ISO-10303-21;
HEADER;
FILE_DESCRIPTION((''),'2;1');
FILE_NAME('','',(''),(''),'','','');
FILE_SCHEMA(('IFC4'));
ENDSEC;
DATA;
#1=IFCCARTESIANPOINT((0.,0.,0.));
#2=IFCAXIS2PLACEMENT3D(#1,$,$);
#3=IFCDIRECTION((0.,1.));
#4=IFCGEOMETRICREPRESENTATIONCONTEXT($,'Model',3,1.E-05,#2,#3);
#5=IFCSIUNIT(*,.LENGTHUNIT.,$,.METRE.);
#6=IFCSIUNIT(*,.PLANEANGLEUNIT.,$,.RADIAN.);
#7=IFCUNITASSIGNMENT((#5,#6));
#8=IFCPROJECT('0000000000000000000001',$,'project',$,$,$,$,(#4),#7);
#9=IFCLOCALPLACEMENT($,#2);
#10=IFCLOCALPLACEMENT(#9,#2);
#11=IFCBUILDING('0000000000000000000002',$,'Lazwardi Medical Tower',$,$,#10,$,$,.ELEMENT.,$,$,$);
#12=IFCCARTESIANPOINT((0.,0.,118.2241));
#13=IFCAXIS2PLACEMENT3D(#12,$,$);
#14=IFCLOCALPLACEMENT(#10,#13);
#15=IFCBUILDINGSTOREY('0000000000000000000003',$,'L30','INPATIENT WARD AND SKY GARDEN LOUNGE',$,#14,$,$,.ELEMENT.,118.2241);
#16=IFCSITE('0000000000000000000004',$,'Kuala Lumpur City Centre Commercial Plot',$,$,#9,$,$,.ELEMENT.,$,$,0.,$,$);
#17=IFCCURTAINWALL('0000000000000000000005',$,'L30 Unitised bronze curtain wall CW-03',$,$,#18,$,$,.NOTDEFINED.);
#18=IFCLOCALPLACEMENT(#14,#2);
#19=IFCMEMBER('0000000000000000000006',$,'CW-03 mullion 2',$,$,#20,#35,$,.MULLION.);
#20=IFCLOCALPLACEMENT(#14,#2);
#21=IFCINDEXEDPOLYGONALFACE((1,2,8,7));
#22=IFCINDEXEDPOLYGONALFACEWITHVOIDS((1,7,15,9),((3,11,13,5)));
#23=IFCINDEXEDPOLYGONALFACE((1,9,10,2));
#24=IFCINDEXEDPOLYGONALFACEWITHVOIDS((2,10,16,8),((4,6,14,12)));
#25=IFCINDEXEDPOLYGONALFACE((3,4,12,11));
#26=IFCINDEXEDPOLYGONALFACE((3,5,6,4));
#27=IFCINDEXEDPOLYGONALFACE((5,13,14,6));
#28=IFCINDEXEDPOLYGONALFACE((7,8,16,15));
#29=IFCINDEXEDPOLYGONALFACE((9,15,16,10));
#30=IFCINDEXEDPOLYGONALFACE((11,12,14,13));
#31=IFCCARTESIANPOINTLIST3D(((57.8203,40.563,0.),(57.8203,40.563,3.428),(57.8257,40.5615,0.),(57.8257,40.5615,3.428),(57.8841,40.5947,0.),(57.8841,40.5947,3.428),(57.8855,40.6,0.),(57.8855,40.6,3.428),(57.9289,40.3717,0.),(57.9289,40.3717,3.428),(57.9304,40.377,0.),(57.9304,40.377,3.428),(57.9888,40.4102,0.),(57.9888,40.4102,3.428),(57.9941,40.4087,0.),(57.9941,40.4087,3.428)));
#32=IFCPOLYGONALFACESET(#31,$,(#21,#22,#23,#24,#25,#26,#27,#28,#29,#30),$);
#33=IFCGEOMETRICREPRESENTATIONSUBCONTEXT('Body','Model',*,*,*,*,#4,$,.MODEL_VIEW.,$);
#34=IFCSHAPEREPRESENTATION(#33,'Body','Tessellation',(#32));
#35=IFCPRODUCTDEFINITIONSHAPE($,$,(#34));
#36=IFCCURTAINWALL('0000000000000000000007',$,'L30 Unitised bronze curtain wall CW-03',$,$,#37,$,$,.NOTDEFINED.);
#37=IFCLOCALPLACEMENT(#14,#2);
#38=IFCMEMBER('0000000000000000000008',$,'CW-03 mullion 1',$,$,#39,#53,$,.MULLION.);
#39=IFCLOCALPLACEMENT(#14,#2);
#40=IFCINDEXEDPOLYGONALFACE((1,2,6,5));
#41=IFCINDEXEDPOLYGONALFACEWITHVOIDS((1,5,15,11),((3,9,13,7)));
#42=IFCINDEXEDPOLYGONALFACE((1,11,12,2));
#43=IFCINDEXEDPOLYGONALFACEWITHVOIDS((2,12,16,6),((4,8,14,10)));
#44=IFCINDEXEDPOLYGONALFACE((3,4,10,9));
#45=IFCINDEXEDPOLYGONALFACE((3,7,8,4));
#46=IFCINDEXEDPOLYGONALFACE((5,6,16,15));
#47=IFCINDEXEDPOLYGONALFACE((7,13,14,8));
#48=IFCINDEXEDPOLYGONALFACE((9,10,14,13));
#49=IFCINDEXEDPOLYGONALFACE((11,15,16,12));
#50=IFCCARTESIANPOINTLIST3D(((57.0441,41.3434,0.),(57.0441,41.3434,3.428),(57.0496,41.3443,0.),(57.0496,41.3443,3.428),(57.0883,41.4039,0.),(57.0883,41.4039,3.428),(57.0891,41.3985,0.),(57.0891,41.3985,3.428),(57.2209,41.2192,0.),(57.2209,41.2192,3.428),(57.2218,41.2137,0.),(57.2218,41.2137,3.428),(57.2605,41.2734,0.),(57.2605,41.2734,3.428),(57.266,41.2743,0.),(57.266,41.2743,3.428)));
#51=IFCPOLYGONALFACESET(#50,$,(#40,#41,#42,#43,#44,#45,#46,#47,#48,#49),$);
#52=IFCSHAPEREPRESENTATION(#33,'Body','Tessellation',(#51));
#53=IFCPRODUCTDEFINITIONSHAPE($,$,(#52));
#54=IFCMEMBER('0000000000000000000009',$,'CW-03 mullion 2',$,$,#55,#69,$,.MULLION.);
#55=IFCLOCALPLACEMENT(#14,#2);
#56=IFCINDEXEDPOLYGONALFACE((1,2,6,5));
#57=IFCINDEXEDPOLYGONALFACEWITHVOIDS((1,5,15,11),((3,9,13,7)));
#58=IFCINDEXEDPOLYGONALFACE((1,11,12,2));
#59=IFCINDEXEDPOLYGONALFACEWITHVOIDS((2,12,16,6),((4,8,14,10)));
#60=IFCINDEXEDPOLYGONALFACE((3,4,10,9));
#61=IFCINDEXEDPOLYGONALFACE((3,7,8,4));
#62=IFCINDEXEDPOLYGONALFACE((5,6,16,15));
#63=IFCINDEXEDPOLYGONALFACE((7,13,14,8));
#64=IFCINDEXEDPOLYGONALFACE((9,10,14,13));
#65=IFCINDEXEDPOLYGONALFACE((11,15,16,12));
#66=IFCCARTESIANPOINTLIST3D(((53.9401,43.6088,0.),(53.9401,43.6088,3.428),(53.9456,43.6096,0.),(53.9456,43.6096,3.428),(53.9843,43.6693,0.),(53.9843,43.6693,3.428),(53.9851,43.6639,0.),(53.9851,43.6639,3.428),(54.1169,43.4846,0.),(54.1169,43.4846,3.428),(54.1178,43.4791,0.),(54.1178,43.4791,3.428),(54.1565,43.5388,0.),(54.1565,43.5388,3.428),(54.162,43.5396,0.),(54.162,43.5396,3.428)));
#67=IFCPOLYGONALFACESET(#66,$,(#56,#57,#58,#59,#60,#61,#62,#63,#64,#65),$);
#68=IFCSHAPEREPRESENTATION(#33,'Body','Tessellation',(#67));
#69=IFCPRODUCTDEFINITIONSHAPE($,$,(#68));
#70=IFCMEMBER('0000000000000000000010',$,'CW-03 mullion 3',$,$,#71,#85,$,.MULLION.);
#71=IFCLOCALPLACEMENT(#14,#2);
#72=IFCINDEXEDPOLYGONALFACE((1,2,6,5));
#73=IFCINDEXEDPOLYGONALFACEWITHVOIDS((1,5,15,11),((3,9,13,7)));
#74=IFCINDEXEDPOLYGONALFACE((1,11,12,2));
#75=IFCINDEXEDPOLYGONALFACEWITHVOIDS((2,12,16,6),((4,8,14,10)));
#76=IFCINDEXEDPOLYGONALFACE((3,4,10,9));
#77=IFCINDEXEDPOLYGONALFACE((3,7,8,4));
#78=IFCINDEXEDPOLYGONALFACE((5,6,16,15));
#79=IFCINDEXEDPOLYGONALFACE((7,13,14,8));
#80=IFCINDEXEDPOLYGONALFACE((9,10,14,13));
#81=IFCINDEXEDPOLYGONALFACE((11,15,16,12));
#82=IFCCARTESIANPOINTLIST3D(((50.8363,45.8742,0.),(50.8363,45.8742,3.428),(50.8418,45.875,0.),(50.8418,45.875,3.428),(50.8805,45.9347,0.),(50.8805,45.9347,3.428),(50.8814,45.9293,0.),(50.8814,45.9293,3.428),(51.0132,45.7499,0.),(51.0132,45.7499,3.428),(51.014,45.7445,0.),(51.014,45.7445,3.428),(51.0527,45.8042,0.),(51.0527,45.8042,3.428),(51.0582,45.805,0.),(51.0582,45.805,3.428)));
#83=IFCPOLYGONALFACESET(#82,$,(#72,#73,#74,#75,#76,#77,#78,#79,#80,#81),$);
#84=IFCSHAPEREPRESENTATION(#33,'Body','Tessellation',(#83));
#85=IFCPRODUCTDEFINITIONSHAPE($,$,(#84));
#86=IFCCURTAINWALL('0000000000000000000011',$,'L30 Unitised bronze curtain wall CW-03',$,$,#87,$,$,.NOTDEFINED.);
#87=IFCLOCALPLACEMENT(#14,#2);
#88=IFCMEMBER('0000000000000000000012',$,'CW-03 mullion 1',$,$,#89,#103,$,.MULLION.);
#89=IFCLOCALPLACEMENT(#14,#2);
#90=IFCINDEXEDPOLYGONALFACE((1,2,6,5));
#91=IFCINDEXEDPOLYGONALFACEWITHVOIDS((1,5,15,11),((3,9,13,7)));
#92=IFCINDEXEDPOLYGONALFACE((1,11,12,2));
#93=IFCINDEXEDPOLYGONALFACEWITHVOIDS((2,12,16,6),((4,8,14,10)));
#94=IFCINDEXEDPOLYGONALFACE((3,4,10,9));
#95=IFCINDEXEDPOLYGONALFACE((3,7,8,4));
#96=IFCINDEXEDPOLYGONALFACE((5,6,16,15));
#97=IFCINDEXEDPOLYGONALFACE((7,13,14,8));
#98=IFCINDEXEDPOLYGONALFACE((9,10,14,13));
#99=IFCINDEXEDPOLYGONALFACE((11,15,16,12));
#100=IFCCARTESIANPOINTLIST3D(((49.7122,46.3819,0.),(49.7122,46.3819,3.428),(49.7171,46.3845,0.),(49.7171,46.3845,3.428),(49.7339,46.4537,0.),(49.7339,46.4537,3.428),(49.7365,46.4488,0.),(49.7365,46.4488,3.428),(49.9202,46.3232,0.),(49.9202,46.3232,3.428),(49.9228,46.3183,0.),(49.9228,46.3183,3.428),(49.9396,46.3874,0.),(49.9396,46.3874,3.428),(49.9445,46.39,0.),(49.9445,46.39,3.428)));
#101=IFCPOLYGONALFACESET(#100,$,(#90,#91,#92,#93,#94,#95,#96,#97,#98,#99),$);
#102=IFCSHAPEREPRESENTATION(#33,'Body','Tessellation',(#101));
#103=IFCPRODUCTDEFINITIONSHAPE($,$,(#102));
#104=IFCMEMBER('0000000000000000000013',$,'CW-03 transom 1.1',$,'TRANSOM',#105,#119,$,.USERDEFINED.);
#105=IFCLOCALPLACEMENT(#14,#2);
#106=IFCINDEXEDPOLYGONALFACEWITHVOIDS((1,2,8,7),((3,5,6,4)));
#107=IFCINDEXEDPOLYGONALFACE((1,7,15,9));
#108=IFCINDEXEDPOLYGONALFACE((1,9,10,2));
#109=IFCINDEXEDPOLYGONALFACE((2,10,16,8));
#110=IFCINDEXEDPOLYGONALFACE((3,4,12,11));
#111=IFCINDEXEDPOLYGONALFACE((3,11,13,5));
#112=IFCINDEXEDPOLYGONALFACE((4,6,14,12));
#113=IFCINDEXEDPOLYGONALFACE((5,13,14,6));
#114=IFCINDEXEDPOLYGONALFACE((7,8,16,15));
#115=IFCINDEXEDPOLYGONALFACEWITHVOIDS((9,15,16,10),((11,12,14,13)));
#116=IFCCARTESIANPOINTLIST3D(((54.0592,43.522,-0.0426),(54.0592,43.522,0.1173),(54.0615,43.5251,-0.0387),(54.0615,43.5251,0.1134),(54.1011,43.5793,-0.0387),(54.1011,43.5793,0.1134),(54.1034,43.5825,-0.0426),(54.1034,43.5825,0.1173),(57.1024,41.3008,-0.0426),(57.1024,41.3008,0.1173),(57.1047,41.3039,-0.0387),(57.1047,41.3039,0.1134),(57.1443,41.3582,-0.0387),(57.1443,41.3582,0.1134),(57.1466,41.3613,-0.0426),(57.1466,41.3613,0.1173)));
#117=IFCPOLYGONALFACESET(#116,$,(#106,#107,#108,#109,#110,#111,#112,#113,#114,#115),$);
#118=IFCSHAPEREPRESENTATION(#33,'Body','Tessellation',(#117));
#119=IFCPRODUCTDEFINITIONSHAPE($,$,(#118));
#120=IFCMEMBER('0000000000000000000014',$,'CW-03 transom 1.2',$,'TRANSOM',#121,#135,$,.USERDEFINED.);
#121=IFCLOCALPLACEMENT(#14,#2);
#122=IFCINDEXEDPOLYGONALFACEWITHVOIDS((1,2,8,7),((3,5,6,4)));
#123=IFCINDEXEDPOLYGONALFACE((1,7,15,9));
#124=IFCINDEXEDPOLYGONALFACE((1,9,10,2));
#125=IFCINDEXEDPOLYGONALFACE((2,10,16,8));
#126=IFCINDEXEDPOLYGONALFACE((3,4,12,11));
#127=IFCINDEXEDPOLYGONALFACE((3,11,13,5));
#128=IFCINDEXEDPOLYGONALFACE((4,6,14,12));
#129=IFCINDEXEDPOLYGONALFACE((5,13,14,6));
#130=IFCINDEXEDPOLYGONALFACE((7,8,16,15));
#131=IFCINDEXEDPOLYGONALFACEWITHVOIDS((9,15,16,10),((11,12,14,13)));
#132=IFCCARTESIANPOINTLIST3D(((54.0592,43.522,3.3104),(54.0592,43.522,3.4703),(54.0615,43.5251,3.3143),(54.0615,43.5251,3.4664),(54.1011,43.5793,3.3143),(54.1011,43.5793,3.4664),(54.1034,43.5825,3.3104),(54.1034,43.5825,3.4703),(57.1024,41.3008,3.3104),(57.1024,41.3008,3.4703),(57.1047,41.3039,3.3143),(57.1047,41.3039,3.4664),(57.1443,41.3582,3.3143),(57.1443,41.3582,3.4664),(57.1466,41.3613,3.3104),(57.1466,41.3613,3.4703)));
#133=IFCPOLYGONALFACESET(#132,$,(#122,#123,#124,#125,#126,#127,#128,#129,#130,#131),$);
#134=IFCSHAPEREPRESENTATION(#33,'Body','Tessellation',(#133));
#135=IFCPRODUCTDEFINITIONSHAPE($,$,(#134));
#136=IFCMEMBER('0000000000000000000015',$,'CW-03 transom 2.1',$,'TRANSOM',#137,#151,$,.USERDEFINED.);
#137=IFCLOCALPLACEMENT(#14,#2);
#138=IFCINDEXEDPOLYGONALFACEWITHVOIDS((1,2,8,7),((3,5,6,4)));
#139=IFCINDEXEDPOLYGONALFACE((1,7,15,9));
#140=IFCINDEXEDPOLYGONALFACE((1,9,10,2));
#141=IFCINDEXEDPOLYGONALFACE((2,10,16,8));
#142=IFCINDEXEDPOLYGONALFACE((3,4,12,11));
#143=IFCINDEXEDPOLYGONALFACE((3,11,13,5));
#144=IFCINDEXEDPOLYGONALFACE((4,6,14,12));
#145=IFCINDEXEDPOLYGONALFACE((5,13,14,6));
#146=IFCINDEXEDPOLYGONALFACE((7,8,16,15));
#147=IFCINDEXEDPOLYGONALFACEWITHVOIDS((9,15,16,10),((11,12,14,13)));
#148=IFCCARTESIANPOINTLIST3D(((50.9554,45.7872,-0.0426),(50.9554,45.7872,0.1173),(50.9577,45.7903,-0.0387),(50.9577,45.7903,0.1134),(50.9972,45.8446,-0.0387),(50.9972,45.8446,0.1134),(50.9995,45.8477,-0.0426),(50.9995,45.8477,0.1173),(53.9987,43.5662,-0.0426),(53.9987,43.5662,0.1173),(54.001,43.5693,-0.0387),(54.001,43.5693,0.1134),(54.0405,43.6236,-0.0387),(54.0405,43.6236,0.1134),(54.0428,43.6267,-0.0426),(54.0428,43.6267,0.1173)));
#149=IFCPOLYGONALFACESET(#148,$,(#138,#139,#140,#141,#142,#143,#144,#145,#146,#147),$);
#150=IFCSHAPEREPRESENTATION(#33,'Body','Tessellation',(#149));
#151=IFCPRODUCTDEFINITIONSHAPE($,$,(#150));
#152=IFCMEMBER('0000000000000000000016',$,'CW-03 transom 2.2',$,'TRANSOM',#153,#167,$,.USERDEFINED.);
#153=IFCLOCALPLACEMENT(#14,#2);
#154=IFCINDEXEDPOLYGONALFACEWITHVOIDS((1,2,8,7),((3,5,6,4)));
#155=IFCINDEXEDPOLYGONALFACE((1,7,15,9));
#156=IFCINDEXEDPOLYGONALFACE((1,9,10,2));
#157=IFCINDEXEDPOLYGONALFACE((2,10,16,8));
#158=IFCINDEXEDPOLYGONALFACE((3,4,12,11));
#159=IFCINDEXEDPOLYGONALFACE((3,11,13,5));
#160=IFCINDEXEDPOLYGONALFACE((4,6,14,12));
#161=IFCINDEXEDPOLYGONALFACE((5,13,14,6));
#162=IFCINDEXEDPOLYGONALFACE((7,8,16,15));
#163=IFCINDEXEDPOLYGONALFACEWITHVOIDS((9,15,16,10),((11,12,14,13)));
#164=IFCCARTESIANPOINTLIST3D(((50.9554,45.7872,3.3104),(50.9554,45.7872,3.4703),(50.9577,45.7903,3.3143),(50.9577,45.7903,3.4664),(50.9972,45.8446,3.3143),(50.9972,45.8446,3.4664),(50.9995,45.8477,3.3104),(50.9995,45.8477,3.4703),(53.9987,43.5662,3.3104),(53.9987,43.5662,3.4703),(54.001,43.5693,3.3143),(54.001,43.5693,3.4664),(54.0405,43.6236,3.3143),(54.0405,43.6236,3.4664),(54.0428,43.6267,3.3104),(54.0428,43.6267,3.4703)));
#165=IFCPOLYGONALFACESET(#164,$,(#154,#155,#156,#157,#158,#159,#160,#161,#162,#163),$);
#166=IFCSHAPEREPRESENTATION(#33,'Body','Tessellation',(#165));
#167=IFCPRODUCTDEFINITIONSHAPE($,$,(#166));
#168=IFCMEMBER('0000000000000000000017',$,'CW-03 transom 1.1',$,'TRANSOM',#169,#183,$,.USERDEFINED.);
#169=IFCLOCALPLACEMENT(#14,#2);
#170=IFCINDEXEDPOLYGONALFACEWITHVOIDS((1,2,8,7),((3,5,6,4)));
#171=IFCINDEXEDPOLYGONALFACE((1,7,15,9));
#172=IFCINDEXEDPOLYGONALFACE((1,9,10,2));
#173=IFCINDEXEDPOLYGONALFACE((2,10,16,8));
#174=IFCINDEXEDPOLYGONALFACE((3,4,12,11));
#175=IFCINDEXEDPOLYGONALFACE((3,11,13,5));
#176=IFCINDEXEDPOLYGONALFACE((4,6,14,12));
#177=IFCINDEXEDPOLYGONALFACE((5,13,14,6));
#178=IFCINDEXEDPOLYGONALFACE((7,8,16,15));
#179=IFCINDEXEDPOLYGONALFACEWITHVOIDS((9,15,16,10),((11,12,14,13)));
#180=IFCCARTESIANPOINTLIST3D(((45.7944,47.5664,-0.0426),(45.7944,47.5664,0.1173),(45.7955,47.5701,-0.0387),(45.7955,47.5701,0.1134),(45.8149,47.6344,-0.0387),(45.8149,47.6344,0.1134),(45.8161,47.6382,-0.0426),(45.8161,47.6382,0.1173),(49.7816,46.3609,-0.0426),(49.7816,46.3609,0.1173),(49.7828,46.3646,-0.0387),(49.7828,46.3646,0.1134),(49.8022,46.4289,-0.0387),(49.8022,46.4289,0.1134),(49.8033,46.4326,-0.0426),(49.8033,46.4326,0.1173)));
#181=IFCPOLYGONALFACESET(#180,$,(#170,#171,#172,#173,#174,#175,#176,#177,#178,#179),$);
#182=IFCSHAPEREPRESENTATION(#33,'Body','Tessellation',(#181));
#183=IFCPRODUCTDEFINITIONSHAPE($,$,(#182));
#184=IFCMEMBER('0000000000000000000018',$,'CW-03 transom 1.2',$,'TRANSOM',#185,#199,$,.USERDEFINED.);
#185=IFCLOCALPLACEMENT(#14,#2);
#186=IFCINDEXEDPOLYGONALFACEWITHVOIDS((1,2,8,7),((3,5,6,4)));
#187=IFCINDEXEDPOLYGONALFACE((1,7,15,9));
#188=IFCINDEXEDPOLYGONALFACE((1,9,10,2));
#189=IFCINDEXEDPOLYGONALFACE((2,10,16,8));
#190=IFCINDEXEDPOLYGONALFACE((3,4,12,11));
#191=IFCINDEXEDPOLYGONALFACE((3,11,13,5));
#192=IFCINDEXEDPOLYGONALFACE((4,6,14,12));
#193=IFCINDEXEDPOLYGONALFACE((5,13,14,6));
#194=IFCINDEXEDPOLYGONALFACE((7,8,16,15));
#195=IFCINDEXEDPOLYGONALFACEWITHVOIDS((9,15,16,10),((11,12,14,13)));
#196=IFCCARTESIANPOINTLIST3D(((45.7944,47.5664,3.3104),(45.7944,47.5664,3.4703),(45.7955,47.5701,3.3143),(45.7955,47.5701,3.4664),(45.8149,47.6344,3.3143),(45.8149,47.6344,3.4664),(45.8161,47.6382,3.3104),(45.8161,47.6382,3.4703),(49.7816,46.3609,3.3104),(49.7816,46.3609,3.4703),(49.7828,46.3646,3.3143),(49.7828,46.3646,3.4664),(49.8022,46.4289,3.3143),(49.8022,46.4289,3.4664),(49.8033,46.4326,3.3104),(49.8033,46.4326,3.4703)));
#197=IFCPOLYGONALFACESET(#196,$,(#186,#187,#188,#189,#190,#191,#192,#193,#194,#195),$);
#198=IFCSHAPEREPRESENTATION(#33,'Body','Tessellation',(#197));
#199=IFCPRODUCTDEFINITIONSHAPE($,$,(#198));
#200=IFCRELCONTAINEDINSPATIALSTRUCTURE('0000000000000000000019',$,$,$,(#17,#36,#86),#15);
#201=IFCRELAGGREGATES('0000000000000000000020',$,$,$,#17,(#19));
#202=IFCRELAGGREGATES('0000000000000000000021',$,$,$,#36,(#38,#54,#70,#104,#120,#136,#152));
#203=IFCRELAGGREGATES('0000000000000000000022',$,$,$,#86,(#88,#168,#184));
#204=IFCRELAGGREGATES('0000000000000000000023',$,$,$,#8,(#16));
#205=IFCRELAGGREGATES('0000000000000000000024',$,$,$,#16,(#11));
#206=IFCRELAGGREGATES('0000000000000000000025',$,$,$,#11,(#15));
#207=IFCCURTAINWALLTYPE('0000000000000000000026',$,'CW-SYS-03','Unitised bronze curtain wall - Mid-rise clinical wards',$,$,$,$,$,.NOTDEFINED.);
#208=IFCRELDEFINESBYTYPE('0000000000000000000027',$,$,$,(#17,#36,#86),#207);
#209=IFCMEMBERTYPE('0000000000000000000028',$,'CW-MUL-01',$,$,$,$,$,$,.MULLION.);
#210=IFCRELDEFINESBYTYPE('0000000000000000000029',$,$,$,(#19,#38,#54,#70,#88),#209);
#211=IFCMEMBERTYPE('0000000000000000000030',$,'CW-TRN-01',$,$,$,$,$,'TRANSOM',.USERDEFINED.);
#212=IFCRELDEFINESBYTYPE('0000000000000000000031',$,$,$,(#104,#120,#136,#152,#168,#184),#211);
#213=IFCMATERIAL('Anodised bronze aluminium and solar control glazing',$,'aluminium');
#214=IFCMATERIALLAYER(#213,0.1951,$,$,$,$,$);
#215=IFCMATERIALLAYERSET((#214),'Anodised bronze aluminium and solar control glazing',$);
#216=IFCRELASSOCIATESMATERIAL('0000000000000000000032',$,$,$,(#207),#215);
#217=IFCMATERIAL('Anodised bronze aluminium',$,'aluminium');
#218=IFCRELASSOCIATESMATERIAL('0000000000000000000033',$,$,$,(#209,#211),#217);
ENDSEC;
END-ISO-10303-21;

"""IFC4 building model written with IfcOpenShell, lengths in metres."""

from ifc_helpers import new_model, si_unit, direction, frame, origin, origin_2d, place, context, subcontext, project, spatial, hollow_rectangle, extrude, material, layer, layer_set, material_profile, profile_set, type_object, element, aggregate, save


model = new_model("IFC4")

# Units and contexts
model_context = context("Model", 3, precision=1e-05, world=origin(), true_north=direction((0.0, 1.0)))
body_context = subcontext(model_context, "Body", "Model", "MODEL_VIEW")
ifc_project = project(units=[si_unit("LENGTHUNIT", "METRE"), si_unit("PLANEANGLEUNIT", "RADIAN")], contexts=[model_context])

# Site, building, storey
site_placement = place(None, origin())
site = spatial("IfcSite", under=ifc_project, at=site_placement, Name="Kuala Lumpur City Centre Commercial Plot", CompositionType="ELEMENT", RefElevation=0.0)
building_placement = place(site_placement, origin())
building = spatial("IfcBuilding", under=site, at=building_placement, Name="Lazwardi Medical Tower", CompositionType="ELEMENT")
storey_placement = place(building_placement, frame((0.0, 0.0, 118.2241)))
storey = spatial("IfcBuildingStorey", under=building, at=storey_placement, Name="L30", Description="INPATIENT WARD AND SKY GARDEN LOUNGE", CompositionType="ELEMENT", Elevation=118.2241)

# Curtain wall, member
ifc_material_1 = material(Name="Anodised bronze aluminium and solar control glazing", Category="aluminium")
ifc_layer_1 = layer(ifc_material_1, 0.1951)
ifc_layer_set_1 = layer_set([ifc_layer_1], Name="Anodised bronze aluminium and solar control glazing")
curtain_wall_type = type_object("IfcCurtainWallType", Name="CW-SYS-03", Description="Unitised bronze curtain wall - Mid-rise clinical wards", PredefinedType="NOTDEFINED", material=ifc_layer_set_1)
curtain_wall_1_placement = place(storey_placement, origin())
curtain_wall_1 = element("IfcCurtainWall", 1, at=curtain_wall_1_placement, inside=storey, type_object=curtain_wall_type, Name="L30 Unitised bronze curtain wall CW-03", PredefinedType="NOTDEFINED")
ifc_material_2 = material(Name="Anodised bronze aluminium", Category="aluminium")
ifc_material_profile_1 = material_profile(ifc_material_2, hollow_rectangle(XDim=0.075, YDim=0.22, WallThickness=0.0039, at=origin_2d()), Name="ALU-MULLION 220x75x4")
ifc_profile_set_1 = profile_set([ifc_material_profile_1], Name="Anodised bronze aluminium")
member_type_1 = type_object("IfcMemberType", Name="CW-MUL-01", PredefinedType="MULLION", material=ifc_profile_set_1)
member_1_placement = place(storey_placement, frame((57.9072, 40.4858, 0.0), z_axis=(0.0, 0.0, 1.0), x_axis=(-0.869687, -0.493603, 0.0)))
member_1 = element("IfcMember", 2, at=member_1_placement, type_object=member_type_1, Name="CW-03 mullion 2", PredefinedType="MULLION", context=body_context, shape_type="SweptSolid", body=[
    extrude(hollow_rectangle(XDim=0.075, YDim=0.22, WallThickness=0.0039, at=origin_2d()), origin(), (0.0, 0.0, 1.0), 3.428),
])
aggregate(curtain_wall_1, [member_1])

# Curtain wall, members
curtain_wall_2_placement = place(storey_placement, origin())
curtain_wall_2 = element("IfcCurtainWall", 3, at=curtain_wall_2_placement, inside=storey, type_object=curtain_wall_type, Name="L30 Unitised bronze curtain wall CW-03", PredefinedType="NOTDEFINED")
member_2_placement = place(storey_placement, frame((57.155, 41.3088, 0.0), z_axis=(0.0, 0.0, 1.0), x_axis=(-0.589531, -0.807746, 0.0)))
member_2 = element("IfcMember", 4, at=member_2_placement, type_object=member_type_1, Name="CW-03 mullion 1", PredefinedType="MULLION", context=body_context, shape_type="SweptSolid", body=[
    extrude(hollow_rectangle(XDim=0.075, YDim=0.22, WallThickness=0.0039, at=origin_2d()), origin(), (0.0, 0.0, 1.0), 3.428),
])
member_3_placement = place(storey_placement, frame((54.051, 43.5742, 0.0), z_axis=(0.0, 0.0, 1.0), x_axis=(-0.589531, -0.807746, 0.0)))
member_3 = element("IfcMember", 5, at=member_3_placement, type_object=member_type_1, Name="CW-03 mullion 2", PredefinedType="MULLION", context=body_context, shape_type="SweptSolid", body=[
    extrude(hollow_rectangle(XDim=0.075, YDim=0.22, WallThickness=0.0039, at=origin_2d()), origin(), (0.0, 0.0, 1.0), 3.428),
])
member_4_placement = place(storey_placement, frame((50.9473, 45.8396, 0.0), z_axis=(0.0, 0.0, 1.0), x_axis=(-0.589531, -0.807746, 0.0)))
member_4 = element("IfcMember", 6, at=member_4_placement, type_object=member_type_1, Name="CW-03 mullion 3", PredefinedType="MULLION", context=body_context, shape_type="SweptSolid", body=[
    extrude(hollow_rectangle(XDim=0.075, YDim=0.22, WallThickness=0.0039, at=origin_2d()), origin(), (0.0, 0.0, 1.0), 3.428),
])

# Curtain wall, member
curtain_wall_3_placement = place(storey_placement, origin())
curtain_wall_3 = element("IfcCurtainWall", 7, at=curtain_wall_3_placement, inside=storey, type_object=curtain_wall_type, Name="L30 Unitised bronze curtain wall CW-03", PredefinedType="NOTDEFINED")
member_5_placement = place(storey_placement, frame((49.8284, 46.386, 0.0), z_axis=(0.0, 0.0, 1.0), x_axis=(-0.289374, -0.957216, 0.0)))
member_5 = element("IfcMember", 8, at=member_5_placement, type_object=member_type_1, Name="CW-03 mullion 1", PredefinedType="MULLION", context=body_context, shape_type="SweptSolid", body=[
    extrude(hollow_rectangle(XDim=0.075, YDim=0.22, WallThickness=0.0039, at=origin_2d()), origin(), (0.0, 0.0, 1.0), 3.428),
])

# Members
ifc_material_profile_2 = material_profile(ifc_material_2, hollow_rectangle(XDim=0.075, YDim=0.1599, WallThickness=0.0039, at=origin_2d()), Name="ALU-TRANSOM 160x75x4")
ifc_profile_set_2 = profile_set([ifc_material_profile_2], Name="Anodised bronze aluminium")
member_type_2 = type_object("IfcMemberType", Name="CW-TRN-01", ElementType="TRANSOM", PredefinedType="USERDEFINED", material=ifc_profile_set_2)
member_6_placement = place(storey_placement, frame((57.1245, 41.3311, 0.0374), z_axis=(-0.807732, 0.58955, 0.0), x_axis=(-0.58955, -0.807732, 0.0)))
member_6 = element("IfcMember", 9, at=member_6_placement, type_object=member_type_2, Name="CW-03 transom 1.1", ObjectType="TRANSOM", PredefinedType="USERDEFINED", context=body_context, shape_type="SweptSolid", body=[
    extrude(hollow_rectangle(XDim=0.075, YDim=0.1599, WallThickness=0.0039, at=origin_2d()), origin(), (0.0, 0.0, 1.0), 3.7676),
])
member_7_placement = place(storey_placement, frame((57.1245, 41.3311, 3.3904), z_axis=(-0.807732, 0.58955, 0.0), x_axis=(-0.58955, -0.807732, 0.0)))
member_7 = element("IfcMember", 10, at=member_7_placement, type_object=member_type_2, Name="CW-03 transom 1.2", ObjectType="TRANSOM", PredefinedType="USERDEFINED", context=body_context, shape_type="SweptSolid", body=[
    extrude(hollow_rectangle(XDim=0.075, YDim=0.1599, WallThickness=0.0039, at=origin_2d()), origin(), (0.0, 0.0, 1.0), 3.7676),
])
member_8_placement = place(storey_placement, frame((54.0208, 43.5964, 0.0374), z_axis=(-0.807763, 0.589508, 0.0), x_axis=(-0.589508, -0.807763, 0.0)))
member_8 = element("IfcMember", 11, at=member_8_placement, type_object=member_type_2, Name="CW-03 transom 2.1", ObjectType="TRANSOM", PredefinedType="USERDEFINED", context=body_context, shape_type="SweptSolid", body=[
    extrude(hollow_rectangle(XDim=0.075, YDim=0.1599, WallThickness=0.0039, at=origin_2d()), origin(), (0.0, 0.0, 1.0), 3.7676),
])
member_9_placement = place(storey_placement, frame((54.0208, 43.5964, 3.3904), z_axis=(-0.807763, 0.589508, 0.0), x_axis=(-0.589508, -0.807763, 0.0)))
member_9 = element("IfcMember", 12, at=member_9_placement, type_object=member_type_2, Name="CW-03 transom 2.2", ObjectType="TRANSOM", PredefinedType="USERDEFINED", context=body_context, shape_type="SweptSolid", body=[
    extrude(hollow_rectangle(XDim=0.075, YDim=0.1599, WallThickness=0.0039, at=origin_2d()), origin(), (0.0, 0.0, 1.0), 3.7676),
])
member_10_placement = place(storey_placement, frame((49.7925, 46.3967, 0.0374), z_axis=(-0.957205, 0.289412, 0.0), x_axis=(-0.289412, -0.957205, 0.0)))
member_10 = element("IfcMember", 13, at=member_10_placement, type_object=member_type_2, Name="CW-03 transom 1.1", ObjectType="TRANSOM", PredefinedType="USERDEFINED", context=body_context, shape_type="SweptSolid", body=[
    extrude(hollow_rectangle(XDim=0.075, YDim=0.1599, WallThickness=0.0039, at=origin_2d()), origin(), (0.0, 0.0, 1.0), 4.1655),
])
member_11_placement = place(storey_placement, frame((49.7925, 46.3967, 3.3904), z_axis=(-0.957205, 0.289412, 0.0), x_axis=(-0.289412, -0.957205, 0.0)))
member_11 = element("IfcMember", 14, at=member_11_placement, type_object=member_type_2, Name="CW-03 transom 1.2", ObjectType="TRANSOM", PredefinedType="USERDEFINED", context=body_context, shape_type="SweptSolid", body=[
    extrude(hollow_rectangle(XDim=0.075, YDim=0.1599, WallThickness=0.0039, at=origin_2d()), origin(), (0.0, 0.0, 1.0), 4.1655),
])

aggregate(curtain_wall_2, [member_2, member_3, member_4, member_6, member_7, member_8, member_9])
aggregate(curtain_wall_3, [member_5, member_10, member_11])

save(model, "model.ifc")
